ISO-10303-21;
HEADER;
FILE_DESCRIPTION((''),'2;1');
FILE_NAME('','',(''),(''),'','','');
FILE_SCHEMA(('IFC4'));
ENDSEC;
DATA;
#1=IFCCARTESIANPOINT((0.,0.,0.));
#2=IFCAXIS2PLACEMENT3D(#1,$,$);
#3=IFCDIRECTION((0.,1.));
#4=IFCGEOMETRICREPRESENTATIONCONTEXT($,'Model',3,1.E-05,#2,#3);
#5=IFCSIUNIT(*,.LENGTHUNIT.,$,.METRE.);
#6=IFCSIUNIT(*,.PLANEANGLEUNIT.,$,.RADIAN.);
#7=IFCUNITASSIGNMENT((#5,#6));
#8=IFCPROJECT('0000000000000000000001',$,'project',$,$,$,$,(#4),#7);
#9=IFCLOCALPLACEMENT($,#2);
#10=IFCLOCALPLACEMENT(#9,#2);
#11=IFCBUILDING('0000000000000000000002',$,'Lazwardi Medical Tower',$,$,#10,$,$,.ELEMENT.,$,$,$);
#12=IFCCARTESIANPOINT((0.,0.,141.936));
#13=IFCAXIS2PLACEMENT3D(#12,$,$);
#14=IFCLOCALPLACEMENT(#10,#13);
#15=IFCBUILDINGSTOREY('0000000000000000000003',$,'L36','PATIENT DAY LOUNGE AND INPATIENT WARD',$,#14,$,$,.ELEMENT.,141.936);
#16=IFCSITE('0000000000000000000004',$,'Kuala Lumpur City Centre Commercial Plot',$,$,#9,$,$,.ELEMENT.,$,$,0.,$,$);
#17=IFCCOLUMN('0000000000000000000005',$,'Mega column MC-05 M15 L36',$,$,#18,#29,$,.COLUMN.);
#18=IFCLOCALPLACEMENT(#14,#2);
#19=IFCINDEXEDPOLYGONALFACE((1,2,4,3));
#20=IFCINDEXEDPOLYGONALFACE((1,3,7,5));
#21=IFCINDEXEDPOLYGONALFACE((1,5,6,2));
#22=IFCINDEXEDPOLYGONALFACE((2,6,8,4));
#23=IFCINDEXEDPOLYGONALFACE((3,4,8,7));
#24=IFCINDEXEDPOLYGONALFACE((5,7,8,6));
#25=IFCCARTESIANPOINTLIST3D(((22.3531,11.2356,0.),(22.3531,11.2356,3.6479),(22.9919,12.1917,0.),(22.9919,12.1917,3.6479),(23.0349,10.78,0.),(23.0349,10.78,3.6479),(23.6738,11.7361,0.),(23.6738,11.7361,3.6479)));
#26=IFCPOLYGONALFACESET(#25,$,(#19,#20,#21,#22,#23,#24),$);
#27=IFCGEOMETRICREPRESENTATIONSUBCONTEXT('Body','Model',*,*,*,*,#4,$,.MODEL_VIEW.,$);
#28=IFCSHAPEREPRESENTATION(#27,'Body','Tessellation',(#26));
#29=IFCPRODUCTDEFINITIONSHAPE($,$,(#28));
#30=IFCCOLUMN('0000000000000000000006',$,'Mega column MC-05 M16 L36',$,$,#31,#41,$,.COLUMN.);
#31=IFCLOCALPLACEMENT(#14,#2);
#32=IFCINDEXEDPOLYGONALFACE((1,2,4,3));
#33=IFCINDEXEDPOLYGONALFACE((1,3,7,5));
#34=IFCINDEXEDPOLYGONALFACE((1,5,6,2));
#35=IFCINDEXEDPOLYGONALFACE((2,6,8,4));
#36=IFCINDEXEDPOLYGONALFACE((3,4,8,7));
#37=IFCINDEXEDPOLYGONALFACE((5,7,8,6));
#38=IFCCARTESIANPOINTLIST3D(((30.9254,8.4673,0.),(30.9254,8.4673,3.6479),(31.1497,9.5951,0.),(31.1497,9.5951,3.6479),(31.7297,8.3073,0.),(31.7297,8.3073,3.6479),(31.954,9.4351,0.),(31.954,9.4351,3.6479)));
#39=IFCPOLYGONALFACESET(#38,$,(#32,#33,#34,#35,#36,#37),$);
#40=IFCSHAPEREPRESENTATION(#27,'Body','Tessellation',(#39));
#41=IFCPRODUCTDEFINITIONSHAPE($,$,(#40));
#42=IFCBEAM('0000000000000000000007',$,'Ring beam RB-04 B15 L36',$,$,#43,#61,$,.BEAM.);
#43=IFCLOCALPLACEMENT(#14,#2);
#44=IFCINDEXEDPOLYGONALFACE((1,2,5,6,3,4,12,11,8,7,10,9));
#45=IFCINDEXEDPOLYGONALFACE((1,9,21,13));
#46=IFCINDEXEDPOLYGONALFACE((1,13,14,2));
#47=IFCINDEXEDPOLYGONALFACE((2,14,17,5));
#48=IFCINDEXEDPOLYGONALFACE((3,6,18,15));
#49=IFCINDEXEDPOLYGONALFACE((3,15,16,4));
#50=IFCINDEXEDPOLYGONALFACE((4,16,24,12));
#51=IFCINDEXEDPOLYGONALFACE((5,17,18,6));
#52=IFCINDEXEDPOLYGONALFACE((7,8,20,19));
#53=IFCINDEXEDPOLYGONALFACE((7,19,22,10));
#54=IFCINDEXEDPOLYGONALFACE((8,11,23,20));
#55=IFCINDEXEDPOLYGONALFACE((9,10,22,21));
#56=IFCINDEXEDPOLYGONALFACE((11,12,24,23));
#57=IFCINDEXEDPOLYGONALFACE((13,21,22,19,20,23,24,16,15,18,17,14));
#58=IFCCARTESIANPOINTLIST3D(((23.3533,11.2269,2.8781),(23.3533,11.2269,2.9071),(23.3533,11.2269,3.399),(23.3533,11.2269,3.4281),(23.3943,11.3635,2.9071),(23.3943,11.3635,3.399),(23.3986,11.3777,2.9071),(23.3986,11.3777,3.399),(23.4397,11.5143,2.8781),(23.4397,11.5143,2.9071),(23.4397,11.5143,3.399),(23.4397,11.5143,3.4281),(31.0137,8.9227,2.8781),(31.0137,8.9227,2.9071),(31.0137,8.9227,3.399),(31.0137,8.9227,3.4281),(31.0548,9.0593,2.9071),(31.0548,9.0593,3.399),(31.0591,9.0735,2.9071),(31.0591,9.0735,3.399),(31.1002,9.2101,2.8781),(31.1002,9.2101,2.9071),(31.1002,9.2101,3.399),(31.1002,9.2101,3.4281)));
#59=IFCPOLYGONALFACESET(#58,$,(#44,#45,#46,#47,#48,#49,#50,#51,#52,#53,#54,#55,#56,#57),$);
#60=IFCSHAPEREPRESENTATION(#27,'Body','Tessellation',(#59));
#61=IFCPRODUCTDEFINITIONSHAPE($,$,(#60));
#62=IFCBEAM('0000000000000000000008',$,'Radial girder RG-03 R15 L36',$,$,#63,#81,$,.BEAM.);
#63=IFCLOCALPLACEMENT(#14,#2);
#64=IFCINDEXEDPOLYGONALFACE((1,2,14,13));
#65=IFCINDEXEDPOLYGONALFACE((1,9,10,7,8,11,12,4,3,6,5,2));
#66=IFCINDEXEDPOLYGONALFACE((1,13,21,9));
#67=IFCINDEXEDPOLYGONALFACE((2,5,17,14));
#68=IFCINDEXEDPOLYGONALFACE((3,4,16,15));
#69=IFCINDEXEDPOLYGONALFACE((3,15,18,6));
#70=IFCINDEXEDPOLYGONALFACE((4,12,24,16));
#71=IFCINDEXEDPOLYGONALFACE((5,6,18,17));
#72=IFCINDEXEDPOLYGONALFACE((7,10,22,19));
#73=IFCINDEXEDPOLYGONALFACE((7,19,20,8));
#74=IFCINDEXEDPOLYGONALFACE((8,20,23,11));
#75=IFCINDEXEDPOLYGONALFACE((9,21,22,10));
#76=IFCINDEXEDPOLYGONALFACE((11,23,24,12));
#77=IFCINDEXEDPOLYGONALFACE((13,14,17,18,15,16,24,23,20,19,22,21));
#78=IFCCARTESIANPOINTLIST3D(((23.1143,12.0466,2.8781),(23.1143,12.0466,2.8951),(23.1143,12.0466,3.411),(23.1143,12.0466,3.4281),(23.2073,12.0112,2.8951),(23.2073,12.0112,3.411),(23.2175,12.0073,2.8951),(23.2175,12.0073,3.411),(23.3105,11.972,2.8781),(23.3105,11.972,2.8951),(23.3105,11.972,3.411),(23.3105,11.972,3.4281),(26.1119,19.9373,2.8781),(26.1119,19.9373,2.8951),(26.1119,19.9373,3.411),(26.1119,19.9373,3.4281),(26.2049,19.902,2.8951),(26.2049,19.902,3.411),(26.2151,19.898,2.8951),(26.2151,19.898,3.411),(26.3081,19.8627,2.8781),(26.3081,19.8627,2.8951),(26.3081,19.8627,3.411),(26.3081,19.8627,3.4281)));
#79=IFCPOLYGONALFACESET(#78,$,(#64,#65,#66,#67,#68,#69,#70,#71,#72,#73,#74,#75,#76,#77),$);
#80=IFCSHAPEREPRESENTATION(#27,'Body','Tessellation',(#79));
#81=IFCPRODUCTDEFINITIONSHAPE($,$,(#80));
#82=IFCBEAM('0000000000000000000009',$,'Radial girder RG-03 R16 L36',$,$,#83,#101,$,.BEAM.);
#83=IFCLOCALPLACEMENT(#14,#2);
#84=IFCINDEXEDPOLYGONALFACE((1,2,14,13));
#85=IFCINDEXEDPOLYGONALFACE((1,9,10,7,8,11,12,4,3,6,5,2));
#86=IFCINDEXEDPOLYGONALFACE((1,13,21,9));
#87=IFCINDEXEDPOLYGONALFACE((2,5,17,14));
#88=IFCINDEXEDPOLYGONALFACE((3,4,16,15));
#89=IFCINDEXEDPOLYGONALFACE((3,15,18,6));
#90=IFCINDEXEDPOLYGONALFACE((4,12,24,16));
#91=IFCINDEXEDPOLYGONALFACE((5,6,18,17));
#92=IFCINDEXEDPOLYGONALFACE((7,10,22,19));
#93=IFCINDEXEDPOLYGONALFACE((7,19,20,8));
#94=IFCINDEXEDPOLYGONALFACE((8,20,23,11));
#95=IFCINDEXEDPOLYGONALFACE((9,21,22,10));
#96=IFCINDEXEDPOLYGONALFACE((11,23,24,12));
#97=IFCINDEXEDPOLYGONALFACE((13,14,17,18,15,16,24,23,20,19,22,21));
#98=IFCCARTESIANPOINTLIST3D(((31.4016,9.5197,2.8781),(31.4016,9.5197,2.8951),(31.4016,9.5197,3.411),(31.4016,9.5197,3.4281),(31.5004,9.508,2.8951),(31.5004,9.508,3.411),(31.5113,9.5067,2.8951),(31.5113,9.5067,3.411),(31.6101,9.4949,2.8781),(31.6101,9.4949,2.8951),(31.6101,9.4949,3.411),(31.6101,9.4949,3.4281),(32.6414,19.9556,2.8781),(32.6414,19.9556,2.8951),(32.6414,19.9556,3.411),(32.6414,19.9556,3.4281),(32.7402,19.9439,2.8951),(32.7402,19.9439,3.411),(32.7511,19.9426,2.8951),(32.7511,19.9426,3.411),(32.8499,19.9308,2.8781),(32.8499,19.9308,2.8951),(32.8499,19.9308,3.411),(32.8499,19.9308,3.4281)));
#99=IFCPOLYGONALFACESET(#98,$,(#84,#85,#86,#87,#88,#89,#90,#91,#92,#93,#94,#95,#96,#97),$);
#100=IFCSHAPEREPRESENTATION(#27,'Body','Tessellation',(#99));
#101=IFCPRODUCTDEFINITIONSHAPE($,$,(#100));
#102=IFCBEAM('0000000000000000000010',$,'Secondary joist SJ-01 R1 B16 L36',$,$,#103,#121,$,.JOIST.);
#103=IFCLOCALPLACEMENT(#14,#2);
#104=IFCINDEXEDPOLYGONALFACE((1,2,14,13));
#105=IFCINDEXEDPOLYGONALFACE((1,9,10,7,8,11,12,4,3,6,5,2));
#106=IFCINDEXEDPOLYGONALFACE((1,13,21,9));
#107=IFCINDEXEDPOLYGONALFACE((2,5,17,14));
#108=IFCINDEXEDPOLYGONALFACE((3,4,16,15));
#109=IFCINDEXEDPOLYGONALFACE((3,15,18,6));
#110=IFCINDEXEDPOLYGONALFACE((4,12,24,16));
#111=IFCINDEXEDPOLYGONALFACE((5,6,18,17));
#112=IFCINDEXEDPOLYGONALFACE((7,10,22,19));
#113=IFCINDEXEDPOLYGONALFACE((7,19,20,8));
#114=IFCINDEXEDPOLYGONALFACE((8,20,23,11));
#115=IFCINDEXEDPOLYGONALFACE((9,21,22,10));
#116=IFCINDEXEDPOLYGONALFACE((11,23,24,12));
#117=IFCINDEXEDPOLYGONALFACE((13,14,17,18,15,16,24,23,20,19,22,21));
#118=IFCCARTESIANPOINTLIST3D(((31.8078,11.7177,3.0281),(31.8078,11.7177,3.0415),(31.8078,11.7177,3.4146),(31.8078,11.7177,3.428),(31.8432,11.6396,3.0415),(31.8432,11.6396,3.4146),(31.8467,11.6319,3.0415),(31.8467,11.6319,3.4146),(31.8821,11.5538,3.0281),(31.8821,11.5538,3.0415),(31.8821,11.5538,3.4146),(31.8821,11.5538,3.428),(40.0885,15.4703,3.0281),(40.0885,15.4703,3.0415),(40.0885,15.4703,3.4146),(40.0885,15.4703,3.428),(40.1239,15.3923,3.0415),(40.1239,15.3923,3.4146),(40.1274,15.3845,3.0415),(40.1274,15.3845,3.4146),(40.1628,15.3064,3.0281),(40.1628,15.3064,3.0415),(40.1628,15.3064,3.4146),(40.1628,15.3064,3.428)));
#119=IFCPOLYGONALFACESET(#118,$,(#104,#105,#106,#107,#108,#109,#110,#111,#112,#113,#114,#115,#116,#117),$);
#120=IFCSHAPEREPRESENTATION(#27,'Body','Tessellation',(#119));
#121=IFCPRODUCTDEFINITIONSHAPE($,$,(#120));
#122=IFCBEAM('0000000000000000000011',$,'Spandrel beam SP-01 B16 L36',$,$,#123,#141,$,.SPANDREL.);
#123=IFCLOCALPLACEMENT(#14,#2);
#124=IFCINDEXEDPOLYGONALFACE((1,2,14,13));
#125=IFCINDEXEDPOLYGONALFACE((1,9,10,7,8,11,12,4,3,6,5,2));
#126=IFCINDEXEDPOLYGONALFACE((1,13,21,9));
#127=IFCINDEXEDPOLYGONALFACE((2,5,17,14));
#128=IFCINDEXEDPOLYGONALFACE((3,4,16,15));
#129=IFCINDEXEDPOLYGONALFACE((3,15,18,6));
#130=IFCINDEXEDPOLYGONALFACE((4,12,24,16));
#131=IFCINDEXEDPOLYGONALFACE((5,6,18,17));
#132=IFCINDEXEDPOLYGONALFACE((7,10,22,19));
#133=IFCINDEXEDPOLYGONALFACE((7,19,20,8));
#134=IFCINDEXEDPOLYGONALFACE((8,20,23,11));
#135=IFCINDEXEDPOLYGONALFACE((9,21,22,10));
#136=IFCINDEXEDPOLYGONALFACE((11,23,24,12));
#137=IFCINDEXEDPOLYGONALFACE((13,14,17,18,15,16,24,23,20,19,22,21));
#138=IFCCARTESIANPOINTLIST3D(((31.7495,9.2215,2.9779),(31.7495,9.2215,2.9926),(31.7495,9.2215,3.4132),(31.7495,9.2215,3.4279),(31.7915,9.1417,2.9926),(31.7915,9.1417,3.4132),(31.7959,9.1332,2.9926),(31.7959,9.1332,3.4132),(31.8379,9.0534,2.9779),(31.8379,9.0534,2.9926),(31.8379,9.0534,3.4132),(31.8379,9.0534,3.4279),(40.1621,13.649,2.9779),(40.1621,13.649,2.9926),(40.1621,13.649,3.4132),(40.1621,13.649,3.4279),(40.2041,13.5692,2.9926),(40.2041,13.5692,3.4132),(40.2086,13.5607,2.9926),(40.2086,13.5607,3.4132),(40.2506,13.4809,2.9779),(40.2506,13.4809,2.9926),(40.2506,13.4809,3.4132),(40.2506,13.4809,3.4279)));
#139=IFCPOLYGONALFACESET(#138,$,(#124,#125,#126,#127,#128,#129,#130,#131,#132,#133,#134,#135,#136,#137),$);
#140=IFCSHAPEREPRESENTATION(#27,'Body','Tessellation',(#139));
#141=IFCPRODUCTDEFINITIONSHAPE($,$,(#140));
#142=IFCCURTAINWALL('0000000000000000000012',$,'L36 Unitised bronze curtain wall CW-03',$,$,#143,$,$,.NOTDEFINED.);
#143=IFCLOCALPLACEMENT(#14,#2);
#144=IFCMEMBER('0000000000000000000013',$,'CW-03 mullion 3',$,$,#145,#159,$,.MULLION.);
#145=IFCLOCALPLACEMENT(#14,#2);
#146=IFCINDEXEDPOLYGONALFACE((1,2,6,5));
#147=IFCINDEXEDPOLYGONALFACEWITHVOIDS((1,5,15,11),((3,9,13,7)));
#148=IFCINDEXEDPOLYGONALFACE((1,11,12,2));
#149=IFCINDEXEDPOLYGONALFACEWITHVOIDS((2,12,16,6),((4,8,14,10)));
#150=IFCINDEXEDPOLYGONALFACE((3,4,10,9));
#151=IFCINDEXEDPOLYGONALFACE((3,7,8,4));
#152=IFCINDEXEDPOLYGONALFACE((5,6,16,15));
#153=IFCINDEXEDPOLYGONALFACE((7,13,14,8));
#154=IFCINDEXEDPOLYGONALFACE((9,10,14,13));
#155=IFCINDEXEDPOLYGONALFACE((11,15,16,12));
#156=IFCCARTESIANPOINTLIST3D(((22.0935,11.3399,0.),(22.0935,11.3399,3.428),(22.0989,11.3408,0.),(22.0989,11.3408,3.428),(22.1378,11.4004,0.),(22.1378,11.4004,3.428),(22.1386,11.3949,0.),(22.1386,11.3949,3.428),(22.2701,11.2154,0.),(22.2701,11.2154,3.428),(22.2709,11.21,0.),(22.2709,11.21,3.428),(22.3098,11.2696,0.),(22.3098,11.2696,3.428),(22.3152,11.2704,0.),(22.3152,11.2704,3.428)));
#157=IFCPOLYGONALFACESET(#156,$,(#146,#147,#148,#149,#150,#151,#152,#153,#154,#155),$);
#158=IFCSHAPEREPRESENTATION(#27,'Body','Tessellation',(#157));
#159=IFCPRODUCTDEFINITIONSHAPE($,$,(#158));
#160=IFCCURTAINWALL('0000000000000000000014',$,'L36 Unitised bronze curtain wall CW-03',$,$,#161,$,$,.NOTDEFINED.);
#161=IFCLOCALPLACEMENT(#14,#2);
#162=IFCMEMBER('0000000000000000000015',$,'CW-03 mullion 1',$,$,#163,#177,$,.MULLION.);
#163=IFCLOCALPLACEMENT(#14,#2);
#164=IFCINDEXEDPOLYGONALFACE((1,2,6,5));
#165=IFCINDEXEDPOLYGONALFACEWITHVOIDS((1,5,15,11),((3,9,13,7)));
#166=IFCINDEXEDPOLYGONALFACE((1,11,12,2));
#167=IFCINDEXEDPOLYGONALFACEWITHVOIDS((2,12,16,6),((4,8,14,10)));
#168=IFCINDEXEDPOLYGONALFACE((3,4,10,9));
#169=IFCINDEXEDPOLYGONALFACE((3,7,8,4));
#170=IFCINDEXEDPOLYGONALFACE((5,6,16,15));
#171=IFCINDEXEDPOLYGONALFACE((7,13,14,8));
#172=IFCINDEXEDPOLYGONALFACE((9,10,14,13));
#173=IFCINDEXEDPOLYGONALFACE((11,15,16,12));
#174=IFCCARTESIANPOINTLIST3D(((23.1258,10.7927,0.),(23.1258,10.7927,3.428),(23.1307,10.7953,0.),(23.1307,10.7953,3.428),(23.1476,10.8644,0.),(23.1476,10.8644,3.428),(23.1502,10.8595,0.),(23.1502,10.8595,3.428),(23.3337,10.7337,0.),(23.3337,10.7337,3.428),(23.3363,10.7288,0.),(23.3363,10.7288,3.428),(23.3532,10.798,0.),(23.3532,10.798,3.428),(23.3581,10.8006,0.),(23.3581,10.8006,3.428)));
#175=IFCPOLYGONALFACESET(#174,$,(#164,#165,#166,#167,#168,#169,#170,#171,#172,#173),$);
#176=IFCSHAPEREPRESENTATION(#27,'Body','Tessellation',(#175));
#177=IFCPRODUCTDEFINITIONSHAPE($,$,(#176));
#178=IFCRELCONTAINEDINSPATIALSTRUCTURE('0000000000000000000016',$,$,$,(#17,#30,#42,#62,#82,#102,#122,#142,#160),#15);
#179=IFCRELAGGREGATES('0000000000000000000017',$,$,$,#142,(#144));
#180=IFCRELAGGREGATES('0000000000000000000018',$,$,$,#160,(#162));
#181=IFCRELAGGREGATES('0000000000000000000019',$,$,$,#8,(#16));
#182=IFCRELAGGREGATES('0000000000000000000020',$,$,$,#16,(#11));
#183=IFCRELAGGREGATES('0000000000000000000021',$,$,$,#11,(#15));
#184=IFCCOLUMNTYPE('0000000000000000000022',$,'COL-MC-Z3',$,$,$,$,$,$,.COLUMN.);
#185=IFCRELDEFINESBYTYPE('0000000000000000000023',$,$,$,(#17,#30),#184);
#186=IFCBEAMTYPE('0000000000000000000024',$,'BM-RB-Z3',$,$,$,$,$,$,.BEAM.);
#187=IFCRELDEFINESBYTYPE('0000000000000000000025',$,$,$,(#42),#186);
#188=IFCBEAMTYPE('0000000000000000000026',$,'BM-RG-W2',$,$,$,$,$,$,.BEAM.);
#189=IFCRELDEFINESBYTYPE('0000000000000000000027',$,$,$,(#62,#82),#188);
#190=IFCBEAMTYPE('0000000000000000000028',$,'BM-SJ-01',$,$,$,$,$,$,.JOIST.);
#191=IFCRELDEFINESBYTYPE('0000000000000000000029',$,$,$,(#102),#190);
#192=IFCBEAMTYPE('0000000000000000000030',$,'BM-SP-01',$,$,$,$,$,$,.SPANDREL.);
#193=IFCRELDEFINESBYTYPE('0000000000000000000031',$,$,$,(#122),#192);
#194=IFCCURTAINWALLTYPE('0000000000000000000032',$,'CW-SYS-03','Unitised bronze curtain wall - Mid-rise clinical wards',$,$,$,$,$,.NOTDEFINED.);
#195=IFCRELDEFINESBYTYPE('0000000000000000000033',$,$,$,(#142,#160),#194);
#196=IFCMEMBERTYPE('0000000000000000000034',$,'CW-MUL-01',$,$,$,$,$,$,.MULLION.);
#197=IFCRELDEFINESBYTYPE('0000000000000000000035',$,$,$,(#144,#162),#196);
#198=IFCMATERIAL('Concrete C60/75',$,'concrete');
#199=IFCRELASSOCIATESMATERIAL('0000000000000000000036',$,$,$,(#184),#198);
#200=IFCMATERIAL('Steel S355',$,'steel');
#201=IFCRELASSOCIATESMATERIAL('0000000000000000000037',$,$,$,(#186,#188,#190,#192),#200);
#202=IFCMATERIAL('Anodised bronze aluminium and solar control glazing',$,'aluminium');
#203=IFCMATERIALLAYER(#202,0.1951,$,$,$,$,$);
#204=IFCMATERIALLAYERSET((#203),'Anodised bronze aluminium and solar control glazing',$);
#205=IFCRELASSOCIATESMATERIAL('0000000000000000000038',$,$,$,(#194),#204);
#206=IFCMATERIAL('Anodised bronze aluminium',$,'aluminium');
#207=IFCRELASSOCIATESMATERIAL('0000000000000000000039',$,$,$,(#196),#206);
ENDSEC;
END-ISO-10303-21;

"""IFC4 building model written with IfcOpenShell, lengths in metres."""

from ifc_helpers import new_model, si_unit, direction, frame, origin, origin_2d, place, context, subcontext, project, spatial, rectangle, hollow_rectangle, i_section, extrude, material, layer, layer_set, material_profile, profile_set, type_object, element, aggregate, save


model = new_model("IFC4")

# Units and contexts
model_context = context("Model", 3, precision=1e-05, world=origin(), true_north=direction((0.0, 1.0)))
body_context = subcontext(model_context, "Body", "Model", "MODEL_VIEW")
ifc_project = project(units=[si_unit("LENGTHUNIT", "METRE"), si_unit("PLANEANGLEUNIT", "RADIAN")], contexts=[model_context])

# Site, building, storey
site_placement = place(None, origin())
site = spatial("IfcSite", under=ifc_project, at=site_placement, Name="Kuala Lumpur City Centre Commercial Plot", CompositionType="ELEMENT", RefElevation=0.0)
building_placement = place(site_placement, origin())
building = spatial("IfcBuilding", under=site, at=building_placement, Name="Lazwardi Medical Tower", CompositionType="ELEMENT")
storey_placement = place(building_placement, frame((0.0, 0.0, 141.936)))
storey = spatial("IfcBuildingStorey", under=building, at=storey_placement, Name="L36", Description="PATIENT DAY LOUNGE AND INPATIENT WARD", CompositionType="ELEMENT", Elevation=141.936)

# Columns
ifc_material_1 = material(Name="Concrete C60/75", Category="concrete")
ifc_material_profile_1 = material_profile(ifc_material_1, rectangle(XDim=1.1499, YDim=0.8201, at=origin_2d()), Name="CFT-RECT 1150x820")
ifc_profile_set_1 = profile_set([ifc_material_profile_1], Name="Concrete C60/75")
column_type = type_object("IfcColumnType", Name="COL-MC-Z3", PredefinedType="COLUMN", material=ifc_profile_set_1)
for number, where, z_axis, x_axis, name in (
    (1, (23.0134, 11.4858, 0.0), (0.0, 0.0, 1.0), (-0.55557, -0.83147, 0.0), "Mega column MC-05 M15 L36"),
    (2, (31.4397, 8.9512, 0.0), (0.0, 0.0, 1.0), (-0.19509, -0.980785, 0.0), "Mega column MC-05 M16 L36"),
):
    element("IfcColumn", number, at=place(storey_placement, frame(where, z_axis=z_axis, x_axis=x_axis)), inside=storey, type_object=column_type, Name=name, PredefinedType="COLUMN", context=body_context, shape_type="SweptSolid", body=[
        extrude(rectangle(XDim=1.1499, YDim=0.8201, at=origin_2d()), origin(), (0.0, 0.0, 1.0), 3.6479),
    ])

# Beams
ifc_material_2 = material(Name="Steel S355", Category="steel")
ifc_material_profile_2 = material_profile(ifc_material_2, i_section(OverallWidth=0.3, OverallDepth=0.55, WebThickness=0.0149, FlangeThickness=0.0291, at=origin_2d()), Name="HEB 550")
ifc_profile_set_2 = profile_set([ifc_material_profile_2], Name="Steel S355")
beam_type_1 = type_object("IfcBeamType", Name="BM-RB-Z3", PredefinedType="BEAM", material=ifc_profile_set_2)
beam_1_placement = place(storey_placement, frame((23.3965, 11.3706, 3.1531), z_axis=(0.957617, -0.288045, 0.0), x_axis=(0.288045, 0.957617, 0.0)))
element("IfcBeam", 3, at=beam_1_placement, inside=storey, type_object=beam_type_1, Name="Ring beam RB-04 B15 L36", PredefinedType="BEAM", context=body_context, shape_type="SweptSolid", body=[
    extrude(i_section(OverallWidth=0.3, OverallDepth=0.55, WebThickness=0.0149, FlangeThickness=0.0291, at=origin_2d()), origin(), (0.0, 0.0, 1.0), 7.9995),
])
ifc_material_profile_3 = material_profile(ifc_material_2, i_section(OverallWidth=0.21, OverallDepth=0.55, WebThickness=0.011, FlangeThickness=0.0171, at=origin_2d()), Name="IPE 550")
ifc_profile_set_3 = profile_set([ifc_material_profile_3], Name="Steel S355")
beam_type_2 = type_object("IfcBeamType", Name="BM-RG-W2", PredefinedType="BEAM", material=ifc_profile_set_3)
beam_2_placement = place(storey_placement, frame((23.2124, 12.0093, 3.1531), z_axis=(0.355127, 0.934818, 0.0), x_axis=(-0.934818, 0.355127, 0.0)))
element("IfcBeam", 4, at=beam_2_placement, inside=storey, type_object=beam_type_2, Name="Radial girder RG-03 R15 L36", PredefinedType="BEAM", context=body_context, shape_type="SweptSolid", body=[
    extrude(i_section(OverallWidth=0.21, OverallDepth=0.55, WebThickness=0.011, FlangeThickness=0.0171, at=origin_2d()), origin(), (0.0, 0.0, 1.0), 8.4409),
])
beam_3_placement = place(storey_placement, frame((31.5059, 9.5073, 3.1531), z_axis=(0.117968, 0.993017, 0.0), x_axis=(-0.993017, 0.117968, 0.0)))
element("IfcBeam", 5, at=beam_3_placement, inside=storey, type_object=beam_type_2, Name="Radial girder RG-03 R16 L36", PredefinedType="BEAM", context=body_context, shape_type="SweptSolid", body=[
    extrude(i_section(OverallWidth=0.21, OverallDepth=0.55, WebThickness=0.011, FlangeThickness=0.0171, at=origin_2d()), origin(), (0.0, 0.0, 1.0), 10.5093),
])
ifc_material_profile_4 = material_profile(ifc_material_2, i_section(OverallWidth=0.1799, OverallDepth=0.3999, WebThickness=0.0085, FlangeThickness=0.0134, at=origin_2d()), Name="IPE 400")
ifc_profile_set_4 = profile_set([ifc_material_profile_4], Name="Steel S355")
beam_type_3 = type_object("IfcBeamType", Name="BM-SJ-01", PredefinedType="JOIST", material=ifc_profile_set_4)
beam_4_placement = place(storey_placement, frame((31.845, 11.6357, 3.228), z_axis=(0.910834, 0.412773, 0.0), x_axis=(-0.412773, 0.910834, 0.0)))
element("IfcBeam", 6, at=beam_4_placement, inside=storey, type_object=beam_type_3, Name="Secondary joist SJ-01 R1 B16 L36", PredefinedType="JOIST", context=body_context, shape_type="SweptSolid", body=[
    extrude(i_section(OverallWidth=0.1799, OverallDepth=0.3999, WebThickness=0.0085, FlangeThickness=0.0134, at=origin_2d()), origin(), (0.0, 0.0, 1.0), 9.0913),
])
ifc_material_profile_5 = material_profile(ifc_material_2, i_section(OverallWidth=0.1899, OverallDepth=0.45, WebThickness=0.0095, FlangeThickness=0.0146, at=origin_2d()), Name="IPE 450")
ifc_profile_set_5 = profile_set([ifc_material_profile_5], Name="Steel S355")
beam_type_4 = type_object("IfcBeamType", Name="BM-SP-01", PredefinedType="SPANDREL", material=ifc_profile_set_5)
beam_5_placement = place(storey_placement, frame((31.7937, 9.1375, 3.2029), z_axis=(0.884927, 0.465731, 0.0), x_axis=(-0.465731, 0.884927, 0.0)))
element("IfcBeam", 7, at=beam_5_placement, inside=storey, type_object=beam_type_4, Name="Spandrel beam SP-01 B16 L36", PredefinedType="SPANDREL", context=body_context, shape_type="SweptSolid", body=[
    extrude(i_section(OverallWidth=0.1899, OverallDepth=0.45, WebThickness=0.0095, FlangeThickness=0.0146, at=origin_2d()), origin(), (0.0, 0.0, 1.0), 9.5066),
])

# Curtain wall, member
ifc_material_3 = material(Name="Anodised bronze aluminium and solar control glazing", Category="aluminium")
ifc_layer_1 = layer(ifc_material_3, 0.1951)
ifc_layer_set_1 = layer_set([ifc_layer_1], Name="Anodised bronze aluminium and solar control glazing")
curtain_wall_type = type_object("IfcCurtainWallType", Name="CW-SYS-03", Description="Unitised bronze curtain wall - Mid-rise clinical wards", PredefinedType="NOTDEFINED", material=ifc_layer_set_1)
curtain_wall_1_placement = place(storey_placement, origin())
curtain_wall_1 = element("IfcCurtainWall", 8, at=curtain_wall_1_placement, inside=storey, type_object=curtain_wall_type, Name="L36 Unitised bronze curtain wall CW-03", PredefinedType="NOTDEFINED")
ifc_material_4 = material(Name="Anodised bronze aluminium", Category="aluminium")
ifc_material_profile_6 = material_profile(ifc_material_4, hollow_rectangle(XDim=0.075, YDim=0.22, WallThickness=0.0039, at=origin_2d()), Name="ALU-MULLION 220x75x4")
ifc_profile_set_6 = profile_set([ifc_material_profile_6], Name="Anodised bronze aluminium")
member_type_1 = type_object("IfcMemberType", Name="CW-MUL-01", PredefinedType="MULLION", material=ifc_profile_set_6)
member_1_placement = place(storey_placement, frame((22.2043, 11.3052, 0.0), z_axis=(0.0, 0.0, 1.0), x_axis=(0.590834, 0.806793, 0.0)))
member_1 = element("IfcMember", 9, at=member_1_placement, type_object=member_type_1, Name="CW-03 mullion 3", PredefinedType="MULLION", context=body_context, shape_type="SweptSolid", body=[
    extrude(hollow_rectangle(XDim=0.075, YDim=0.22, WallThickness=0.0039, at=origin_2d()), origin(), (0.0, 0.0, 1.0), 3.428),
])

# Curtain wall, member
curtain_wall_2_placement = place(storey_placement, origin())
curtain_wall_2 = element("IfcCurtainWall", 10, at=curtain_wall_2_placement, inside=storey, type_object=curtain_wall_type, Name="L36 Unitised bronze curtain wall CW-03", PredefinedType="NOTDEFINED")
member_2_placement = place(storey_placement, frame((23.2419, 10.7966, 0.0), z_axis=(0.0, 0.0, 1.0), x_axis=(0.290281, 0.956942, 0.0)))
member_2 = element("IfcMember", 11, at=member_2_placement, type_object=member_type_1, Name="CW-03 mullion 1", PredefinedType="MULLION", context=body_context, shape_type="SweptSolid", body=[
    extrude(hollow_rectangle(XDim=0.075, YDim=0.22, WallThickness=0.0039, at=origin_2d()), origin(), (0.0, 0.0, 1.0), 3.428),
])

aggregate(curtain_wall_1, [member_1])
aggregate(curtain_wall_2, [member_2])

save(model, "model.ifc")
